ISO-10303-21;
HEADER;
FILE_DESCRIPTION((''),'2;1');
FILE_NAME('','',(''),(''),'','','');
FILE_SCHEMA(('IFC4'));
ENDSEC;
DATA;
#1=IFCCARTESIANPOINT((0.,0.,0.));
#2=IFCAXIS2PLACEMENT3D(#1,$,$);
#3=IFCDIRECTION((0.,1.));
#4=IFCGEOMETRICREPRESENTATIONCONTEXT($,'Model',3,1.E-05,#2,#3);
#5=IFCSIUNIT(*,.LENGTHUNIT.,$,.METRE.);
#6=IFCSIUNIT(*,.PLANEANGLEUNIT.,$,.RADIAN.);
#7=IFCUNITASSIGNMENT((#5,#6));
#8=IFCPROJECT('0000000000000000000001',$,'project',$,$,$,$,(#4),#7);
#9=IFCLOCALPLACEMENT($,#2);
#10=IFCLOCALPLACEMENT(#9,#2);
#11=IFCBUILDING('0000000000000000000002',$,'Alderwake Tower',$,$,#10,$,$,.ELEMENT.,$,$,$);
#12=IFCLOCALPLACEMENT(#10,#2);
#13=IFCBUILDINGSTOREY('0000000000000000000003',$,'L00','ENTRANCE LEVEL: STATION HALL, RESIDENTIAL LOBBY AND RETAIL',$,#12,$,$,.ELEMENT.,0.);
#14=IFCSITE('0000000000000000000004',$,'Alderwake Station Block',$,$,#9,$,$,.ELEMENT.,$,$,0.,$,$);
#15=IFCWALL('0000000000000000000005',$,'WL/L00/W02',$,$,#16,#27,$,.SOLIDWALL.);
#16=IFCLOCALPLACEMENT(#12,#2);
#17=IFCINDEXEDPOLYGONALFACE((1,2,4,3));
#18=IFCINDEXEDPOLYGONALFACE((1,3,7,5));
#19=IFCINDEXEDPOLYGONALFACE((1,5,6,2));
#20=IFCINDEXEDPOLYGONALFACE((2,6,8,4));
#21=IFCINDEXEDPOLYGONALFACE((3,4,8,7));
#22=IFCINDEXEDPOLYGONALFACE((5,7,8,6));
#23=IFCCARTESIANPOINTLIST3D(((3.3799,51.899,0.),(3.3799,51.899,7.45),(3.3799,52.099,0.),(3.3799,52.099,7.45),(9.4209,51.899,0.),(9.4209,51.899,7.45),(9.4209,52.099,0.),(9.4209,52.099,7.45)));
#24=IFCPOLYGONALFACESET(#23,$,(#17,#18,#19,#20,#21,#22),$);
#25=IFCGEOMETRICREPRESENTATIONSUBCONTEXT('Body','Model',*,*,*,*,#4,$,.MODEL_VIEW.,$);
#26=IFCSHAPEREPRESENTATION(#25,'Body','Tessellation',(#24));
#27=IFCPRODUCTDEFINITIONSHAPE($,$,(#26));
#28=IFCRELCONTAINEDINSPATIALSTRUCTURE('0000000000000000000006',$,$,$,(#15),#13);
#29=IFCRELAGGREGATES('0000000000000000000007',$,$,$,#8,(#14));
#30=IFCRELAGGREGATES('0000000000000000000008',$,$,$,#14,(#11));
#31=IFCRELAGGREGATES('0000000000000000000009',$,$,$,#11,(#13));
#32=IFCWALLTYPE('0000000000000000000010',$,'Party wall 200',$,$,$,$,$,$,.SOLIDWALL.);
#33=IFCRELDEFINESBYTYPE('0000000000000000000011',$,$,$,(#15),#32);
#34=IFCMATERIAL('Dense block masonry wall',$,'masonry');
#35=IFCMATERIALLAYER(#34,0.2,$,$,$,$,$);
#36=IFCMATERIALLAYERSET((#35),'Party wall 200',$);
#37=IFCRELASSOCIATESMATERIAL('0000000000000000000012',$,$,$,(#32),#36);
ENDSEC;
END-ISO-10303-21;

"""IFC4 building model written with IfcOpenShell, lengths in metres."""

from ifc_helpers import new_model, si_unit, direction, frame, frame_2d, origin, place, context, subcontext, project, spatial, rectangle, extrude, material, layer, layer_set, type_object, element, save


model = new_model("IFC4")

# Units and contexts
model_context = context("Model", 3, precision=1e-05, world=origin(), true_north=direction((0.0, 1.0)))
body_context = subcontext(model_context, "Body", "Model", "MODEL_VIEW")
ifc_project = project(units=[si_unit("LENGTHUNIT", "METRE"), si_unit("PLANEANGLEUNIT", "RADIAN")], contexts=[model_context])

# Site, building, storey
site_placement = place(None, origin())
site = spatial("IfcSite", under=ifc_project, at=site_placement, Name="Alderwake Station Block", CompositionType="ELEMENT", RefElevation=0.0)
building_placement = place(site_placement, origin())
building = spatial("IfcBuilding", under=site, at=building_placement, Name="Alderwake Tower", CompositionType="ELEMENT")
storey_placement = place(building_placement, origin())
storey = spatial("IfcBuildingStorey", under=building, at=storey_placement, Name="L00", Description="ENTRANCE LEVEL: STATION HALL, RESIDENTIAL LOBBY AND RETAIL", CompositionType="ELEMENT", Elevation=0.0)

# Wall
ifc_material_1 = material(Name="Dense block masonry wall", Category="masonry")
ifc_layer_1 = layer(ifc_material_1, 0.2)
ifc_layer_set_1 = layer_set([ifc_layer_1], Name="Party wall 200")
wall_type_1 = type_object("IfcWallType", Name="Party wall 200", PredefinedType="SOLIDWALL", material=ifc_layer_set_1)
wall_1_placement = place(storey_placement, frame((9.4209, 51.999, 0.0), z_axis=(0.0, 0.0, 1.0), x_axis=(-1.0, 0.0, 0.0)))
element("IfcWall", 1, at=wall_1_placement, inside=storey, type_object=wall_type_1, Name="WL/L00/W02", PredefinedType="SOLIDWALL", context=body_context, shape_type="SweptSolid", body=[
    extrude(rectangle(XDim=6.041, YDim=0.2, at=frame_2d((3.0205, 0.0))), origin(), (0.0, 0.0, 1.0), 7.45),
])

save(model, "model.ifc")
